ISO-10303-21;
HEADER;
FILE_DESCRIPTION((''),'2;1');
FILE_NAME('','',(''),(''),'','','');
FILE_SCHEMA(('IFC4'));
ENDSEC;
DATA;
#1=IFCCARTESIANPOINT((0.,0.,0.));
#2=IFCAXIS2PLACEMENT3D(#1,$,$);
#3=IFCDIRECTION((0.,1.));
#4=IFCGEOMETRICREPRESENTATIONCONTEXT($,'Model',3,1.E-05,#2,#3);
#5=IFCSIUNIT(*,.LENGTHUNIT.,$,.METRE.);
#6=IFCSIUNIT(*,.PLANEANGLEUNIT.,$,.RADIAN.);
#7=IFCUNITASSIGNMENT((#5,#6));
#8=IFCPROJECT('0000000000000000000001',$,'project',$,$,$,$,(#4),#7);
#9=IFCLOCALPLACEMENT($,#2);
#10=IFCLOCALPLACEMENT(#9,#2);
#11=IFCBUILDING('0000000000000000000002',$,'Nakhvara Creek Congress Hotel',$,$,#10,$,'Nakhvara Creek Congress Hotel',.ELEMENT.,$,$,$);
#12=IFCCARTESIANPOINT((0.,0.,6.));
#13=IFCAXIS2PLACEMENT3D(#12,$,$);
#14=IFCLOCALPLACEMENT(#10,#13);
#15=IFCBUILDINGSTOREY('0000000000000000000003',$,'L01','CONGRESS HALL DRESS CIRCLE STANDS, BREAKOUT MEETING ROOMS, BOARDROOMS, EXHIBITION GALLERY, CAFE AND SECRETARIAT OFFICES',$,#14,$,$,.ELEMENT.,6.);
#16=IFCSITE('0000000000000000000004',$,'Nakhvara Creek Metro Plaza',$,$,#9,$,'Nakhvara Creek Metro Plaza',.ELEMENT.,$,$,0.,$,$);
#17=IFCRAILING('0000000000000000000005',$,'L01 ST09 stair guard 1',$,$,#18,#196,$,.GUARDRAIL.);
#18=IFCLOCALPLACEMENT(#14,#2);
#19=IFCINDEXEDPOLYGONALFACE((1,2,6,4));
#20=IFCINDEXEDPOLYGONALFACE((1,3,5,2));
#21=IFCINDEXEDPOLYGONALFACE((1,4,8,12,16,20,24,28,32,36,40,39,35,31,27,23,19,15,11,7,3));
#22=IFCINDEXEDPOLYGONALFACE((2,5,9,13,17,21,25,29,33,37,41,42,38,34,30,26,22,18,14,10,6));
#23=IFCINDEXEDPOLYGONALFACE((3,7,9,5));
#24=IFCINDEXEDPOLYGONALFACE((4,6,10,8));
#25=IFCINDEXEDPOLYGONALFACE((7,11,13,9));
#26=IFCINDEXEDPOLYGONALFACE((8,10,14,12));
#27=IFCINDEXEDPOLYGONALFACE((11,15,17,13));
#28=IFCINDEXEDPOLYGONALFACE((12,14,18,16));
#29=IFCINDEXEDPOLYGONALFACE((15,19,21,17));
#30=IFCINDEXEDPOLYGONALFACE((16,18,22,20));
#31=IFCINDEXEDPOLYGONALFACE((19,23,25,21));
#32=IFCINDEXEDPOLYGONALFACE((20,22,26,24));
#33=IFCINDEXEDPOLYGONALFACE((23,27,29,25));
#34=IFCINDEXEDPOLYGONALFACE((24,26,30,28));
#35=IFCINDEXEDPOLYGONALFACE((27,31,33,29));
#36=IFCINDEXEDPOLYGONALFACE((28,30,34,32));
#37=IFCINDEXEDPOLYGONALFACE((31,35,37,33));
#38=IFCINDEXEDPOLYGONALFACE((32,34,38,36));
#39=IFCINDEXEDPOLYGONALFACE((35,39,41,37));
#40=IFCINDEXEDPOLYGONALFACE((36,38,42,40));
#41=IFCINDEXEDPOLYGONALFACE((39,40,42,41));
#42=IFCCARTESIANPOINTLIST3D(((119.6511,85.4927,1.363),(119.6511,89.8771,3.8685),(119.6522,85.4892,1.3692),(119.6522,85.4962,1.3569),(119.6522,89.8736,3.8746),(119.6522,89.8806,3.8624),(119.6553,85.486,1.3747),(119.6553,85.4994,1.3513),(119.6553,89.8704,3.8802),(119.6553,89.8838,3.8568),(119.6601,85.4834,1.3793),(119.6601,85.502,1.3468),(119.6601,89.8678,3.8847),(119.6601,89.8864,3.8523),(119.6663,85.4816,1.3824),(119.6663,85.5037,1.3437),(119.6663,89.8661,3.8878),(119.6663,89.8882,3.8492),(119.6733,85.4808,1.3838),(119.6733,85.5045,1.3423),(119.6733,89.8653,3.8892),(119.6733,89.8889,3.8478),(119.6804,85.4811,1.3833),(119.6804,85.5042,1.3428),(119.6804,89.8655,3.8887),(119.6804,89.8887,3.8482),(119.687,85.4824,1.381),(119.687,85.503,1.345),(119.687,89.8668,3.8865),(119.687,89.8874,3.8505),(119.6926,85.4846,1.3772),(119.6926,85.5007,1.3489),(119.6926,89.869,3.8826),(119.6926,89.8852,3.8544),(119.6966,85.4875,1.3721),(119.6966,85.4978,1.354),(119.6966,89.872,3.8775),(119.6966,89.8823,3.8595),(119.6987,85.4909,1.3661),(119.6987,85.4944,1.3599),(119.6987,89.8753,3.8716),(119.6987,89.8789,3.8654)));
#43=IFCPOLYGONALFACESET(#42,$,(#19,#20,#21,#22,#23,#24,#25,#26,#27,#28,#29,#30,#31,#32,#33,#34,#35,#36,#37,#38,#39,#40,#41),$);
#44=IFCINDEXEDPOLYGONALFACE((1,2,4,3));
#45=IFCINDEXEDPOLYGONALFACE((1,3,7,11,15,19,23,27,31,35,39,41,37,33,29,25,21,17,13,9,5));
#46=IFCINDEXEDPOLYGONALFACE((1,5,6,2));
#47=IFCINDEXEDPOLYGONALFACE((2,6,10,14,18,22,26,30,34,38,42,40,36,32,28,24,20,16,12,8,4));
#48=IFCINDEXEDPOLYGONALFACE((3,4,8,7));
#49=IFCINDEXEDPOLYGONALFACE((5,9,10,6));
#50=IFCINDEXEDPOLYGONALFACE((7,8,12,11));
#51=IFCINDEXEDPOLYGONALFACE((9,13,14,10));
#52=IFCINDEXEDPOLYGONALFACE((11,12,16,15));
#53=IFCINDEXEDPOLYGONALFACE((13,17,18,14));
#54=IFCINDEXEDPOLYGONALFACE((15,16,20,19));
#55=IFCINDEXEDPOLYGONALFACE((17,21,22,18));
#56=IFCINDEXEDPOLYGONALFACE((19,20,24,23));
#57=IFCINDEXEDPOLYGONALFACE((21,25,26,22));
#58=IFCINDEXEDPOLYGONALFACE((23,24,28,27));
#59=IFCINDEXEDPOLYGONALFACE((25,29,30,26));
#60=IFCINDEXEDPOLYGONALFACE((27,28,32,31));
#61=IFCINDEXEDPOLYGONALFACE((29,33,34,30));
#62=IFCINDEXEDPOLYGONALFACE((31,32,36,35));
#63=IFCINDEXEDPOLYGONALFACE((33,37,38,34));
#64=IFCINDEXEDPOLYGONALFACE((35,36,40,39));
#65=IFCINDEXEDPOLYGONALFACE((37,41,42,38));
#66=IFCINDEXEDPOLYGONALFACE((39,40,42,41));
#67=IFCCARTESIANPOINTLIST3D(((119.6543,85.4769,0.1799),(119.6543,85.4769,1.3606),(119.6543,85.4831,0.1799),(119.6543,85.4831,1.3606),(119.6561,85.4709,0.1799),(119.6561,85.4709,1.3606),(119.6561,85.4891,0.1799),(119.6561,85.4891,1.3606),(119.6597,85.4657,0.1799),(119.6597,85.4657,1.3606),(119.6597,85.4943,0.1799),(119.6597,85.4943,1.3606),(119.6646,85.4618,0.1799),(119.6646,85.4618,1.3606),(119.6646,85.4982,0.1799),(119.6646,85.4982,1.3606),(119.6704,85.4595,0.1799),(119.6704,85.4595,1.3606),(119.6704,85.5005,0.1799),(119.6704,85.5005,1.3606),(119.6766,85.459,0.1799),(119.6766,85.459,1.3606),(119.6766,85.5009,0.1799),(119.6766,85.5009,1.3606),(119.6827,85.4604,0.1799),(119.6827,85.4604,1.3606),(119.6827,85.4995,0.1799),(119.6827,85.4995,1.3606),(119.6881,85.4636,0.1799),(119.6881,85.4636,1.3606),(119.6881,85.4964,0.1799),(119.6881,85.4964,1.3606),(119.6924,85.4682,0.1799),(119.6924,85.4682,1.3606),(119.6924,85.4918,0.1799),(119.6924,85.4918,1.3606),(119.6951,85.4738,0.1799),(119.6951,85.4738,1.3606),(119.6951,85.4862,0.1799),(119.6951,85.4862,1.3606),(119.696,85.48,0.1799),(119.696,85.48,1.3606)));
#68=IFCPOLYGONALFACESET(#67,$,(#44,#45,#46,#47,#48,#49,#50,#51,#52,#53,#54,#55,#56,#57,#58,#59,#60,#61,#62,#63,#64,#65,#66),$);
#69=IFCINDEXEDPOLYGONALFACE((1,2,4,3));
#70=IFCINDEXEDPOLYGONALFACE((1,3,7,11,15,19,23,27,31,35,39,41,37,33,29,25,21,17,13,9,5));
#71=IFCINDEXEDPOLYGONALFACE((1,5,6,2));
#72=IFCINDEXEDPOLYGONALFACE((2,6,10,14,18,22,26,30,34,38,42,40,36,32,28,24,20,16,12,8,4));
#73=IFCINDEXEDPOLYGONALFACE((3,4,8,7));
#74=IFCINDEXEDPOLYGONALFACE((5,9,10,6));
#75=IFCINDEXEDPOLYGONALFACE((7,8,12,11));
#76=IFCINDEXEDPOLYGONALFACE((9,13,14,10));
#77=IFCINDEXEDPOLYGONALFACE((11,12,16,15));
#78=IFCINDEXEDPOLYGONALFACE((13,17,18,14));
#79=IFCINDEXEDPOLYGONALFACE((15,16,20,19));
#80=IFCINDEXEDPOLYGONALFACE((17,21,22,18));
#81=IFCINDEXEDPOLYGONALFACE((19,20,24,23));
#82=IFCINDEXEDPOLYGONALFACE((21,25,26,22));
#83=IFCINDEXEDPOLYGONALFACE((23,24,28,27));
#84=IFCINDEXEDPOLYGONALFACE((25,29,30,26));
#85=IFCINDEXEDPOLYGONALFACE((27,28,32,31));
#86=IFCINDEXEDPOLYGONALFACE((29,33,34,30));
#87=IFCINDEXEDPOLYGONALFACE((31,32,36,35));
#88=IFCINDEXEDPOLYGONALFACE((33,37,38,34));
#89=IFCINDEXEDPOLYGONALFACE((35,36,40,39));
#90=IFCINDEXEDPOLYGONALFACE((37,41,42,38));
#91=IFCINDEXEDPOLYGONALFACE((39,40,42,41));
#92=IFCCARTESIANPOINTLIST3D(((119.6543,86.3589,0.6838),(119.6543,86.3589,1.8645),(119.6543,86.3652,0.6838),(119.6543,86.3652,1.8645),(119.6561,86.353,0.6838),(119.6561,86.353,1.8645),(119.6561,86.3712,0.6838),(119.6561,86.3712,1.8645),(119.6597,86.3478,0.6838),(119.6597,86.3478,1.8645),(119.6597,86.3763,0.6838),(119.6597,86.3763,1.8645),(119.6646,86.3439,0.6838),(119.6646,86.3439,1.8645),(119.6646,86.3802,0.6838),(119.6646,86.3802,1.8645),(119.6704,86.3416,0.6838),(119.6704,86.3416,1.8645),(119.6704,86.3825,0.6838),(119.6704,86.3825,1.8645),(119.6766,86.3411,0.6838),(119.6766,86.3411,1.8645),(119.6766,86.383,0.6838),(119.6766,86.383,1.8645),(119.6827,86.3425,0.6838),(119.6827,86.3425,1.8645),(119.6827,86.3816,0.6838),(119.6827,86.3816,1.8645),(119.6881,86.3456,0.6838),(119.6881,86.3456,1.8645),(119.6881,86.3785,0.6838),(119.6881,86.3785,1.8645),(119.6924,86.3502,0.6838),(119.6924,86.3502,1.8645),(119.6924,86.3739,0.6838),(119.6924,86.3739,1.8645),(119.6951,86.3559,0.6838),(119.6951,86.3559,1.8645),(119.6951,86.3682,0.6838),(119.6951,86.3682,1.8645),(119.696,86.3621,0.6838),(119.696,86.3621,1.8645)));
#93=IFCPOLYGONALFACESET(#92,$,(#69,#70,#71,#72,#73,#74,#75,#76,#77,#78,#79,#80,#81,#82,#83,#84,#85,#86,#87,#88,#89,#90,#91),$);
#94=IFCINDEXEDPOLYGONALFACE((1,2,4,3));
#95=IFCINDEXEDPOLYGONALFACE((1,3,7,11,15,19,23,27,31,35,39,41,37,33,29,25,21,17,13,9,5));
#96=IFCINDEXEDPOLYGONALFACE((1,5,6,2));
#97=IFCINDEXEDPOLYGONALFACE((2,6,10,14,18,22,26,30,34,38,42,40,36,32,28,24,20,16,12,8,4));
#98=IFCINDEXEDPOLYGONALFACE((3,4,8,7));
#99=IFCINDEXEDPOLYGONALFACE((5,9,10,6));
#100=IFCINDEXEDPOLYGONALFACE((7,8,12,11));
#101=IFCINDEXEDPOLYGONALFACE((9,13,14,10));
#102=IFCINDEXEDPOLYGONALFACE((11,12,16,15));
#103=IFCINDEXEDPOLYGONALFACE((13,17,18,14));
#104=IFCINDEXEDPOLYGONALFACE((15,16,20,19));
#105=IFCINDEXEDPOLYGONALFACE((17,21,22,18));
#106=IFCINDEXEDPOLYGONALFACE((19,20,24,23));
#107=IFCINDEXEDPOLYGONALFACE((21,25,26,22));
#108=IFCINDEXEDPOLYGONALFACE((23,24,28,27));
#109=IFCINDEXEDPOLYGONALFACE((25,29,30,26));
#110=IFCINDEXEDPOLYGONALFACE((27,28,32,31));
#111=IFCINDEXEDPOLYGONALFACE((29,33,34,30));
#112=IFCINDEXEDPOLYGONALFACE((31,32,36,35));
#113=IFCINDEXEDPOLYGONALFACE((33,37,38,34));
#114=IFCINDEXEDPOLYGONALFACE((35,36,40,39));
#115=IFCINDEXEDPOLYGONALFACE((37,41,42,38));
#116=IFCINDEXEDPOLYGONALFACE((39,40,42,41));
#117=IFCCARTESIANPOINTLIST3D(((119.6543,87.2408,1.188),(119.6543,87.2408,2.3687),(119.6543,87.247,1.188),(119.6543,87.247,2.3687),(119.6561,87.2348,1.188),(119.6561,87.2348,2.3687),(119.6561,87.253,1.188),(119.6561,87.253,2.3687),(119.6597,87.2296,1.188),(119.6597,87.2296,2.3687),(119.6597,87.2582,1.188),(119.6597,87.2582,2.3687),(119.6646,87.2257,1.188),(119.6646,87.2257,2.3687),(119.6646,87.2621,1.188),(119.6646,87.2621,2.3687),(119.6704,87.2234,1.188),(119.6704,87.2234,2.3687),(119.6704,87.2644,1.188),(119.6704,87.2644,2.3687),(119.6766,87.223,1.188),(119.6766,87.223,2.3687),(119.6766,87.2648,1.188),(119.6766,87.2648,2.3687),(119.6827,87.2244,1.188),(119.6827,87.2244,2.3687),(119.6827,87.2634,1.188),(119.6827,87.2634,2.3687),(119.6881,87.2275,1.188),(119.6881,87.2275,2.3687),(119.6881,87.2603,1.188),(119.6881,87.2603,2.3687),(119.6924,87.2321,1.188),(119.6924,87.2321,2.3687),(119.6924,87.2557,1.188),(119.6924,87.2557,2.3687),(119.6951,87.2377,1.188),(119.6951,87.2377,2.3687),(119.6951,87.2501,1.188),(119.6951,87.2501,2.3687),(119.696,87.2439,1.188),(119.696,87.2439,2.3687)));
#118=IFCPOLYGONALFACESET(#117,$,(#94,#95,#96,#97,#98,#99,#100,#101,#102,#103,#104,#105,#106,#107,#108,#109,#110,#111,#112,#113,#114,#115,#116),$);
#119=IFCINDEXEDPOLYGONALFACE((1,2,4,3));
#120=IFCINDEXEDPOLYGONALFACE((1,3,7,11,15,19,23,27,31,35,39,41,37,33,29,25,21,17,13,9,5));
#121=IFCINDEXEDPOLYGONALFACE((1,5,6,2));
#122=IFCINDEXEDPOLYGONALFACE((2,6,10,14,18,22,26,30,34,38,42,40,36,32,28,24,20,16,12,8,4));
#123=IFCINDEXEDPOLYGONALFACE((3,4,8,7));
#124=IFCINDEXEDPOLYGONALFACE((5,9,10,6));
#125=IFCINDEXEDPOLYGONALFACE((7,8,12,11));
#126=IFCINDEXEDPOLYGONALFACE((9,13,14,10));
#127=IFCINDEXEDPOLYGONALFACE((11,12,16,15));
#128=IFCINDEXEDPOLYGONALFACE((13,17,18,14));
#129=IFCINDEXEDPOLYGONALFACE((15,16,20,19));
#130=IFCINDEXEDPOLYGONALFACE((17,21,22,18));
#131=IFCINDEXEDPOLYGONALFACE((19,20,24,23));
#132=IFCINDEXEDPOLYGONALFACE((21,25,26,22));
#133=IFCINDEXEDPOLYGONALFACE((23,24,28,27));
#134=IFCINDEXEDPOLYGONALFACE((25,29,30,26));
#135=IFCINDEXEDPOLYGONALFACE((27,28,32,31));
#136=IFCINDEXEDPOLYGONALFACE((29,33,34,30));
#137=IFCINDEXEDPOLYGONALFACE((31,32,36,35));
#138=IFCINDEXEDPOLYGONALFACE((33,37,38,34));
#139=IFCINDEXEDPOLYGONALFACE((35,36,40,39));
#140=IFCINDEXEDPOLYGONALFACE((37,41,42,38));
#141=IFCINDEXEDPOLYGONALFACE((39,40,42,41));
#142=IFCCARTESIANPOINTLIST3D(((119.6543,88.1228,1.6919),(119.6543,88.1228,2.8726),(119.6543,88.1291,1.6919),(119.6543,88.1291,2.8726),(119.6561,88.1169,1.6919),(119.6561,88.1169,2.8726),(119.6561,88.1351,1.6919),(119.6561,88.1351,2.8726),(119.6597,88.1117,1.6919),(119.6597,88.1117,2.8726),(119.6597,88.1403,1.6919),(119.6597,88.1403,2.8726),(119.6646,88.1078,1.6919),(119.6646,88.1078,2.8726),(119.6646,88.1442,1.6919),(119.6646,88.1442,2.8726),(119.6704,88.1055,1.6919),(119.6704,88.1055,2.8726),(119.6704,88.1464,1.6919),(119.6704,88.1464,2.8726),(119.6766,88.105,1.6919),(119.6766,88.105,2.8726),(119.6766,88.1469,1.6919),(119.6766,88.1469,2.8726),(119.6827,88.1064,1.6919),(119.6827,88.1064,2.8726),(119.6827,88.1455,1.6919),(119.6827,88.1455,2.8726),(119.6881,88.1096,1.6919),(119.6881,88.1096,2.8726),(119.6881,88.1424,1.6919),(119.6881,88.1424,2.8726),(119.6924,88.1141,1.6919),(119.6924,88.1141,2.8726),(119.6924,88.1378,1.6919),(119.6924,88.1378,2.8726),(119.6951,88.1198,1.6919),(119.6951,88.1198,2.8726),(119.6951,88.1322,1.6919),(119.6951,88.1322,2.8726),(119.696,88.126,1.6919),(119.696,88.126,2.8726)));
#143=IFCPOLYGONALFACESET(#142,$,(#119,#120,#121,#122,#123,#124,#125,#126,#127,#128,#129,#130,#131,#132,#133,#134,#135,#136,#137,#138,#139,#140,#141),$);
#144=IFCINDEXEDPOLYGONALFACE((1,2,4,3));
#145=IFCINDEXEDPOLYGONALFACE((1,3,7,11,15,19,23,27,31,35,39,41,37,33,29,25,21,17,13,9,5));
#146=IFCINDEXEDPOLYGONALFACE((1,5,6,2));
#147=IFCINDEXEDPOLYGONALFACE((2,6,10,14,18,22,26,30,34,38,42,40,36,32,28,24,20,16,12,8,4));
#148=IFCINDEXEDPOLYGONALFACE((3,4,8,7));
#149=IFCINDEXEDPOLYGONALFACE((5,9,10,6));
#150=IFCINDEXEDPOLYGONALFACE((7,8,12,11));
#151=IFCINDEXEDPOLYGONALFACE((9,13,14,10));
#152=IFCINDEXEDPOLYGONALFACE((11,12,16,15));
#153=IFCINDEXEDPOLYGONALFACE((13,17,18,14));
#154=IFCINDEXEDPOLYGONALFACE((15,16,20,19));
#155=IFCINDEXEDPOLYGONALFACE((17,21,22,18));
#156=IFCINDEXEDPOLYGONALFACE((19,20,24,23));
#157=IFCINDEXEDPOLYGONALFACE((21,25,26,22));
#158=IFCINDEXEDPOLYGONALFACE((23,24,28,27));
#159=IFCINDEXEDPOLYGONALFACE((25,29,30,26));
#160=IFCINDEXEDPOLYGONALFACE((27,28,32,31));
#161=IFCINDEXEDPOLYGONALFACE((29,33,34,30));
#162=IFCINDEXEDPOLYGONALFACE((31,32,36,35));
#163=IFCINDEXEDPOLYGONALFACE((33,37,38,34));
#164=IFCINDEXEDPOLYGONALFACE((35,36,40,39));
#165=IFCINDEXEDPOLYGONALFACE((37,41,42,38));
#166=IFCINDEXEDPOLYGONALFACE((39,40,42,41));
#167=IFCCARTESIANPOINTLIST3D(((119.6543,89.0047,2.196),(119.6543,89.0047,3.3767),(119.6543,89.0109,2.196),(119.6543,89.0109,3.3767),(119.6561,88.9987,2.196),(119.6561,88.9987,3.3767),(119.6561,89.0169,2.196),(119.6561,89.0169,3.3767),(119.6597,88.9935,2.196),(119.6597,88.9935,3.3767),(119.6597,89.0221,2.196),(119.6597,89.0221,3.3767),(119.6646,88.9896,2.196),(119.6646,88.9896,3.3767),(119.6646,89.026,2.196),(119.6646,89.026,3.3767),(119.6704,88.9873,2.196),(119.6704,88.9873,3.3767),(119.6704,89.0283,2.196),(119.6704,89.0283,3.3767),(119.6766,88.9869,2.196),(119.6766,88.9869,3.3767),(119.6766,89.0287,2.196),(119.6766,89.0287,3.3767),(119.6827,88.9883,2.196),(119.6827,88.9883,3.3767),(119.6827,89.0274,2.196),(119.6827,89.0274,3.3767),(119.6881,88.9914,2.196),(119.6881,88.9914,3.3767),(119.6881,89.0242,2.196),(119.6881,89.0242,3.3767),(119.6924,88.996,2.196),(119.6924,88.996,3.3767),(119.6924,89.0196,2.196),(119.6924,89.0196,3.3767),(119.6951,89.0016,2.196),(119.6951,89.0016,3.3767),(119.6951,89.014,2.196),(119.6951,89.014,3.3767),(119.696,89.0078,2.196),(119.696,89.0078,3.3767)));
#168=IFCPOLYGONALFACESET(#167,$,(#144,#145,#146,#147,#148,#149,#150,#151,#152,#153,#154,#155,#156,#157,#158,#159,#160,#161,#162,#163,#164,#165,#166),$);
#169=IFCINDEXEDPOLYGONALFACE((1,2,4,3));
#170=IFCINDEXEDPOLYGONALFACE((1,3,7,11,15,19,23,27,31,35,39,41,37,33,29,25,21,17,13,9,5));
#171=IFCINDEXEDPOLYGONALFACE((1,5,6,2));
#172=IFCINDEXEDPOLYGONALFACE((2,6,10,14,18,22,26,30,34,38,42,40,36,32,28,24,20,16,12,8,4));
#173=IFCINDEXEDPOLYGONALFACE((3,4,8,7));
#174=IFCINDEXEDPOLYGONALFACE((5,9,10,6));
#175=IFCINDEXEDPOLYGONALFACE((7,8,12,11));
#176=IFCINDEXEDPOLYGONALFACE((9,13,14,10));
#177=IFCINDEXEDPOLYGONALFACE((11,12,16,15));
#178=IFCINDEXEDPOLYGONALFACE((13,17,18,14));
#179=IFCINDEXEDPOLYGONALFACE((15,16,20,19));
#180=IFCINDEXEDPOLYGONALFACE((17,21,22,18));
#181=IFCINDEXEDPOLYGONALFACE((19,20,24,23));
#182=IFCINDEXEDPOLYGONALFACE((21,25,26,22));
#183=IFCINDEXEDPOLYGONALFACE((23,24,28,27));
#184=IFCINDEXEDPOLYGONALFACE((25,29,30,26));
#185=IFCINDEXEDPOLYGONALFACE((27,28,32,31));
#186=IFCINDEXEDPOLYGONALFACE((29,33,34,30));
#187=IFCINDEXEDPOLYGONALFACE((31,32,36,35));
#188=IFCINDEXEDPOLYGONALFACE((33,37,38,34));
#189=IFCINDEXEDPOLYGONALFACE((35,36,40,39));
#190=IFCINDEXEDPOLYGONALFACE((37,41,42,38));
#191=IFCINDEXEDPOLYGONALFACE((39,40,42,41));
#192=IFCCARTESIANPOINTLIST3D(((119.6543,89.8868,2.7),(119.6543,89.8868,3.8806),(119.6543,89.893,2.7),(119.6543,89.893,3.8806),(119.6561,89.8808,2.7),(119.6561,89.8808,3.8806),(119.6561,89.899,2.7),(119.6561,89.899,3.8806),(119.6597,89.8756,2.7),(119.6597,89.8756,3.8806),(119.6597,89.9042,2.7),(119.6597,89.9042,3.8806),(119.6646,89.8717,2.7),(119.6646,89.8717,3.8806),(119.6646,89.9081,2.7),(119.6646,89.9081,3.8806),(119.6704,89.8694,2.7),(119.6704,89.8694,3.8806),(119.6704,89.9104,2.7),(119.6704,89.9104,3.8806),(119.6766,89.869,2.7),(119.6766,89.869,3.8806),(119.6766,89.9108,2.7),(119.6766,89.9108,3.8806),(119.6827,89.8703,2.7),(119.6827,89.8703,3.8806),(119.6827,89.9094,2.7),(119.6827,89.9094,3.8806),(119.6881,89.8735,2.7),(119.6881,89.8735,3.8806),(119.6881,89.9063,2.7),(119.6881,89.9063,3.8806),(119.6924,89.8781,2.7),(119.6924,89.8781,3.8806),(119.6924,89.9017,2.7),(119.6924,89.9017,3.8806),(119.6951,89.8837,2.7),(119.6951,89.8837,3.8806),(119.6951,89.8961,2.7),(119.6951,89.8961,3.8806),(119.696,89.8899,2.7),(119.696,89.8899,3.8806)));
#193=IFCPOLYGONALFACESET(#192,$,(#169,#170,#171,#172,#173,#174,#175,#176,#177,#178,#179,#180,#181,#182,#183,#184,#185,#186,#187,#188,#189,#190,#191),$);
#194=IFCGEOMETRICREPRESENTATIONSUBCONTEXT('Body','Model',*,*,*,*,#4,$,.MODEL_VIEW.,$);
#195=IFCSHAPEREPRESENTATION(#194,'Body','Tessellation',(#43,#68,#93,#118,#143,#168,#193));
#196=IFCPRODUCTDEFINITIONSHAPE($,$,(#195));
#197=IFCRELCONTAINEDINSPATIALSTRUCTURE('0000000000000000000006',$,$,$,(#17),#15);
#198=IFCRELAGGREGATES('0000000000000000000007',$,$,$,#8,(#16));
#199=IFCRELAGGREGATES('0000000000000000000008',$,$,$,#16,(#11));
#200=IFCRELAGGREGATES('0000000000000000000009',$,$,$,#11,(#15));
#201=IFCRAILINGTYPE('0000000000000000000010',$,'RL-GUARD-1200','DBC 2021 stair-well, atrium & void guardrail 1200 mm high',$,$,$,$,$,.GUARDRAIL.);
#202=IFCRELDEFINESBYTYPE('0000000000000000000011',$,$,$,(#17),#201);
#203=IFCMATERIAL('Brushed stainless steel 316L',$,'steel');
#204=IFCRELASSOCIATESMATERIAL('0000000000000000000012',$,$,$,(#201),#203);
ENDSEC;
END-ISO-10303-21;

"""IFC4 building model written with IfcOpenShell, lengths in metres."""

from ifc_helpers import new_model, si_unit, direction, frame, origin, origin_2d, place, context, subcontext, project, spatial, circle, extrude, material, type_object, element, save


model = new_model("IFC4")

# Units and contexts
model_context = context("Model", 3, precision=1e-05, world=origin(), true_north=direction((0.0, 1.0)))
body_context = subcontext(model_context, "Body", "Model", "MODEL_VIEW")
ifc_project = project(units=[si_unit("LENGTHUNIT", "METRE"), si_unit("PLANEANGLEUNIT", "RADIAN")], contexts=[model_context])

# Site, building, storey
site_placement = place(None, origin())
site = spatial("IfcSite", under=ifc_project, at=site_placement, Name="Nakhvara Creek Metro Plaza", LongName="Nakhvara Creek Metro Plaza", CompositionType="ELEMENT", RefElevation=0.0)
building_placement = place(site_placement, origin())
building = spatial("IfcBuilding", under=site, at=building_placement, Name="Nakhvara Creek Congress Hotel", LongName="Nakhvara Creek Congress Hotel", CompositionType="ELEMENT")
storey_placement = place(building_placement, frame((0.0, 0.0, 6.0)))
storey = spatial("IfcBuildingStorey", under=building, at=storey_placement, Name="L01", Description="CONGRESS HALL DRESS CIRCLE STANDS, BREAKOUT MEETING ROOMS, BOARDROOMS, EXHIBITION GALLERY, CAFE AND SECRETARIAT OFFICES", CompositionType="ELEMENT", Elevation=6.0)

# Railing
ifc_material_1 = material(Name="Brushed stainless steel 316L", Category="steel")
railing_type_1 = type_object("IfcRailingType", Name="RL-GUARD-1200", Description="DBC 2021 stair-well, atrium & void guardrail 1200 mm high", PredefinedType="GUARDRAIL", material=ifc_material_1)
railing_1_placement = place(storey_placement, frame((119.675, 85.48, 0.1799)))
element("IfcRailing", 1, at=railing_1_placement, inside=storey, type_object=railing_type_1, Name="L01 ST09 stair guard 1", PredefinedType="GUARDRAIL", context=body_context, shape_type="SweptSolid", body=[
    extrude(circle(Radius=0.0239, at=origin_2d()), frame((0.0, 0.0127, 1.1831), z_axis=(0.0, 0.868237, 0.496149), x_axis=(-1.0, 0.0, 0.0)), (0.0, 0.0, 1.0), 5.0498),
    extrude(circle(Radius=0.021, at=origin_2d()), origin(), (0.0, 0.0, 1.0), 1.1807),
    extrude(circle(Radius=0.021, at=origin_2d()), frame((0.0, 0.8821, 0.5039)), (0.0, 0.0, 1.0), 1.1807),
    extrude(circle(Radius=0.021, at=origin_2d()), frame((0.0, 1.7639, 1.0081)), (0.0, 0.0, 1.0), 1.1807),
    extrude(circle(Radius=0.021, at=origin_2d()), frame((0.0, 2.646, 1.512)), (0.0, 0.0, 1.0), 1.1807),
    extrude(circle(Radius=0.021, at=origin_2d()), frame((0.0, 3.5278, 2.0161)), (0.0, 0.0, 1.0), 1.1807),
    extrude(circle(Radius=0.021, at=origin_2d()), frame((0.0, 4.4099, 2.52)), (0.0, 0.0, 1.0), 1.1807),
])

save(model, "model.ifc")
